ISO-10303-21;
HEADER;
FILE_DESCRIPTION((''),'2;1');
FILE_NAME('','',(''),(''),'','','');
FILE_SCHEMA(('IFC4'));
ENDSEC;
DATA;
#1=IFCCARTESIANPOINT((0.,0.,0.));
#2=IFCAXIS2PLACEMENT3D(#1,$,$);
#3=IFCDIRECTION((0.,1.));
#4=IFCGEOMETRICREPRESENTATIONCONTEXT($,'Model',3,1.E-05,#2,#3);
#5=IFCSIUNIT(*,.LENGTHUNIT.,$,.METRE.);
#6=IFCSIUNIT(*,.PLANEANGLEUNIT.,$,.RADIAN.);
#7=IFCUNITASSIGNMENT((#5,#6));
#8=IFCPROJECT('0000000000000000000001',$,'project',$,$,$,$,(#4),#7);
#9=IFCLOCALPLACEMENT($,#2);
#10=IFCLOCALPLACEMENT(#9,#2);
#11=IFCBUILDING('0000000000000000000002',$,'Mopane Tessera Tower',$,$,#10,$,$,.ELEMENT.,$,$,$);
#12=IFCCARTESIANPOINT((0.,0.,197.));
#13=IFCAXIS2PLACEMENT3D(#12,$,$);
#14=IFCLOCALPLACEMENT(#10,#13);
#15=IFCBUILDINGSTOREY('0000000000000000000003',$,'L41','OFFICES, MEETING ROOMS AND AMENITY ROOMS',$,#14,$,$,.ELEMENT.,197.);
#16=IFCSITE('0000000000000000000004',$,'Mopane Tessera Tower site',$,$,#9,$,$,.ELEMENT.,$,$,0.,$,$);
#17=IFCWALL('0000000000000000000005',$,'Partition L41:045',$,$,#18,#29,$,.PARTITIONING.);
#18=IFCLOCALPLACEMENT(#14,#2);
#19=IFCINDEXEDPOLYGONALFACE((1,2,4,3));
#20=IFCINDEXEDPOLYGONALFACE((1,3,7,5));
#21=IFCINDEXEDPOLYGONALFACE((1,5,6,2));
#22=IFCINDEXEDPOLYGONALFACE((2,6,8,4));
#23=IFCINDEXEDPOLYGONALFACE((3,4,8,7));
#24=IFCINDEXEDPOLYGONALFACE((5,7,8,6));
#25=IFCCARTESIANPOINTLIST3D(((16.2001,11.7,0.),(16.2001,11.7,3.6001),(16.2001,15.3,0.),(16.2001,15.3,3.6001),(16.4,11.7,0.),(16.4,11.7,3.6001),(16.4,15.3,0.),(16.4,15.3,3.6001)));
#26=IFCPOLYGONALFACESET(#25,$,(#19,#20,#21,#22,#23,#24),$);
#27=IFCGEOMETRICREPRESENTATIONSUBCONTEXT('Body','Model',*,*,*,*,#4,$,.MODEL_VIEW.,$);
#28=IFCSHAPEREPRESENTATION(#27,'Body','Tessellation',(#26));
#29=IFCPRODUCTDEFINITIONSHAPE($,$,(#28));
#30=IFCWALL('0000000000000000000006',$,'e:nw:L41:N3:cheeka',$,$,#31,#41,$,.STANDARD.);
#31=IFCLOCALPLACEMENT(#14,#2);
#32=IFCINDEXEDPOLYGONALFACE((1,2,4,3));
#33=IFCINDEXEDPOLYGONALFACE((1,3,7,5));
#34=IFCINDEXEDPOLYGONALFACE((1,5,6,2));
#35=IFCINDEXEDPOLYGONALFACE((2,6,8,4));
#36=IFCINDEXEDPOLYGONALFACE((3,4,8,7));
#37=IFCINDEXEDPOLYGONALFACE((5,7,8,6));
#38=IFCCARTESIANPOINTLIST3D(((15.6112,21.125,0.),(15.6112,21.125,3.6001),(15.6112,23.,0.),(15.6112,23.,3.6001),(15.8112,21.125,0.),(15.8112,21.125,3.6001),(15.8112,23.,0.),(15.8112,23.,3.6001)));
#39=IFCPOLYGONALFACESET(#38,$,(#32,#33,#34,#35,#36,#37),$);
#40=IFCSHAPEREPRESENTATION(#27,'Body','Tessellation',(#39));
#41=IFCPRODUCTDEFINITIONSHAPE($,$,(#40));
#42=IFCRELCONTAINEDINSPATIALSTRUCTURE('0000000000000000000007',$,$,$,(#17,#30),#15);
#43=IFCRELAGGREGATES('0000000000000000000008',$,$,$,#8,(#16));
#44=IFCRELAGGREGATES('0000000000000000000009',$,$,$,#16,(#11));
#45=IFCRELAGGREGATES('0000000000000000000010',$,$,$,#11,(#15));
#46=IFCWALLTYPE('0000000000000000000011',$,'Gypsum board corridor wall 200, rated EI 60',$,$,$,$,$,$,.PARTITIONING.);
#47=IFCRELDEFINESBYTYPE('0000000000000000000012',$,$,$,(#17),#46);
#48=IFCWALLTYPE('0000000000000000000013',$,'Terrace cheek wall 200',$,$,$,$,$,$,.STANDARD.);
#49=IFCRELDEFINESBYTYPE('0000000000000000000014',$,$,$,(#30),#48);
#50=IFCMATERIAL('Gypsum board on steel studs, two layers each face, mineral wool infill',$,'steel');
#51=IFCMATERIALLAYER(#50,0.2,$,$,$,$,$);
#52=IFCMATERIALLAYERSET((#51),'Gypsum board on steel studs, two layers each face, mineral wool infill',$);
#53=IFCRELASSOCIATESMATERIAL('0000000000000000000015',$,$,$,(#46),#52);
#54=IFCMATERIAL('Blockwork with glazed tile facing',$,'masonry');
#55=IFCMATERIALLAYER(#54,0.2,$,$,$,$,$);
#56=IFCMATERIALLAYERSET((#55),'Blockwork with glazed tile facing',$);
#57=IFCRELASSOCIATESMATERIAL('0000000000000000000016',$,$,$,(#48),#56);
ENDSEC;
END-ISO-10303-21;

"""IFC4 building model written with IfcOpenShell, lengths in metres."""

from ifc_helpers import new_model, si_unit, direction, frame, frame_2d, origin, place, context, subcontext, project, spatial, rectangle, extrude, material, layer, layer_set, type_object, element, save


model = new_model("IFC4")

# Units and contexts
model_context = context("Model", 3, precision=1e-05, world=origin(), true_north=direction((0.0, 1.0)))
body_context = subcontext(model_context, "Body", "Model", "MODEL_VIEW")
ifc_project = project(units=[si_unit("LENGTHUNIT", "METRE"), si_unit("PLANEANGLEUNIT", "RADIAN")], contexts=[model_context])

# Site, building, storey
site_placement = place(None, origin())
site = spatial("IfcSite", under=ifc_project, at=site_placement, Name="Mopane Tessera Tower site", CompositionType="ELEMENT", RefElevation=0.0)
building_placement = place(site_placement, origin())
building = spatial("IfcBuilding", under=site, at=building_placement, Name="Mopane Tessera Tower", CompositionType="ELEMENT")
storey_placement = place(building_placement, frame((0.0, 0.0, 197.0)))
storey = spatial("IfcBuildingStorey", under=building, at=storey_placement, Name="L41", Description="OFFICES, MEETING ROOMS AND AMENITY ROOMS", CompositionType="ELEMENT", Elevation=197.0)

# Walls
ifc_material_1 = material(Name="Gypsum board on steel studs, two layers each face, mineral wool infill", Category="steel")
ifc_layer_1 = layer(ifc_material_1, 0.2)
ifc_layer_set_1 = layer_set([ifc_layer_1], Name="Gypsum board on steel studs, two layers each face, mineral wool infill")
wall_type_1 = type_object("IfcWallType", Name="Gypsum board corridor wall 200, rated EI 60", PredefinedType="PARTITIONING", material=ifc_layer_set_1)
wall_1_placement = place(storey_placement, frame((16.3, 11.7, 0.0), z_axis=(0.0, 0.0, 1.0), x_axis=(0.0, 1.0, 0.0)))
element("IfcWall", 1, at=wall_1_placement, inside=storey, type_object=wall_type_1, Name="Partition L41:045", PredefinedType="PARTITIONING", context=body_context, shape_type="SweptSolid", body=[
    extrude(rectangle(XDim=3.6001, YDim=0.2, at=frame_2d((1.8, 0.0))), origin(), (0.0, 0.0, 1.0), 3.6001),
])
ifc_material_2 = material(Name="Blockwork with glazed tile facing", Category="masonry")
ifc_layer_2 = layer(ifc_material_2, 0.2)
ifc_layer_set_2 = layer_set([ifc_layer_2], Name="Blockwork with glazed tile facing")
wall_type_2 = type_object("IfcWallType", Name="Terrace cheek wall 200", PredefinedType="STANDARD", material=ifc_layer_set_2)
wall_2_placement = place(storey_placement, frame((15.7112, 23.0, 0.0), z_axis=(0.0, 0.0, 1.0), x_axis=(0.0, -1.0, 0.0)))
element("IfcWall", 2, at=wall_2_placement, inside=storey, type_object=wall_type_2, Name="e:nw:L41:N3:cheeka", PredefinedType="STANDARD", context=body_context, shape_type="SweptSolid", body=[
    extrude(rectangle(XDim=1.875, YDim=0.2, at=frame_2d((0.9375, 0.0))), origin(), (0.0, 0.0, 1.0), 3.6001),
])

save(model, "model.ifc")
